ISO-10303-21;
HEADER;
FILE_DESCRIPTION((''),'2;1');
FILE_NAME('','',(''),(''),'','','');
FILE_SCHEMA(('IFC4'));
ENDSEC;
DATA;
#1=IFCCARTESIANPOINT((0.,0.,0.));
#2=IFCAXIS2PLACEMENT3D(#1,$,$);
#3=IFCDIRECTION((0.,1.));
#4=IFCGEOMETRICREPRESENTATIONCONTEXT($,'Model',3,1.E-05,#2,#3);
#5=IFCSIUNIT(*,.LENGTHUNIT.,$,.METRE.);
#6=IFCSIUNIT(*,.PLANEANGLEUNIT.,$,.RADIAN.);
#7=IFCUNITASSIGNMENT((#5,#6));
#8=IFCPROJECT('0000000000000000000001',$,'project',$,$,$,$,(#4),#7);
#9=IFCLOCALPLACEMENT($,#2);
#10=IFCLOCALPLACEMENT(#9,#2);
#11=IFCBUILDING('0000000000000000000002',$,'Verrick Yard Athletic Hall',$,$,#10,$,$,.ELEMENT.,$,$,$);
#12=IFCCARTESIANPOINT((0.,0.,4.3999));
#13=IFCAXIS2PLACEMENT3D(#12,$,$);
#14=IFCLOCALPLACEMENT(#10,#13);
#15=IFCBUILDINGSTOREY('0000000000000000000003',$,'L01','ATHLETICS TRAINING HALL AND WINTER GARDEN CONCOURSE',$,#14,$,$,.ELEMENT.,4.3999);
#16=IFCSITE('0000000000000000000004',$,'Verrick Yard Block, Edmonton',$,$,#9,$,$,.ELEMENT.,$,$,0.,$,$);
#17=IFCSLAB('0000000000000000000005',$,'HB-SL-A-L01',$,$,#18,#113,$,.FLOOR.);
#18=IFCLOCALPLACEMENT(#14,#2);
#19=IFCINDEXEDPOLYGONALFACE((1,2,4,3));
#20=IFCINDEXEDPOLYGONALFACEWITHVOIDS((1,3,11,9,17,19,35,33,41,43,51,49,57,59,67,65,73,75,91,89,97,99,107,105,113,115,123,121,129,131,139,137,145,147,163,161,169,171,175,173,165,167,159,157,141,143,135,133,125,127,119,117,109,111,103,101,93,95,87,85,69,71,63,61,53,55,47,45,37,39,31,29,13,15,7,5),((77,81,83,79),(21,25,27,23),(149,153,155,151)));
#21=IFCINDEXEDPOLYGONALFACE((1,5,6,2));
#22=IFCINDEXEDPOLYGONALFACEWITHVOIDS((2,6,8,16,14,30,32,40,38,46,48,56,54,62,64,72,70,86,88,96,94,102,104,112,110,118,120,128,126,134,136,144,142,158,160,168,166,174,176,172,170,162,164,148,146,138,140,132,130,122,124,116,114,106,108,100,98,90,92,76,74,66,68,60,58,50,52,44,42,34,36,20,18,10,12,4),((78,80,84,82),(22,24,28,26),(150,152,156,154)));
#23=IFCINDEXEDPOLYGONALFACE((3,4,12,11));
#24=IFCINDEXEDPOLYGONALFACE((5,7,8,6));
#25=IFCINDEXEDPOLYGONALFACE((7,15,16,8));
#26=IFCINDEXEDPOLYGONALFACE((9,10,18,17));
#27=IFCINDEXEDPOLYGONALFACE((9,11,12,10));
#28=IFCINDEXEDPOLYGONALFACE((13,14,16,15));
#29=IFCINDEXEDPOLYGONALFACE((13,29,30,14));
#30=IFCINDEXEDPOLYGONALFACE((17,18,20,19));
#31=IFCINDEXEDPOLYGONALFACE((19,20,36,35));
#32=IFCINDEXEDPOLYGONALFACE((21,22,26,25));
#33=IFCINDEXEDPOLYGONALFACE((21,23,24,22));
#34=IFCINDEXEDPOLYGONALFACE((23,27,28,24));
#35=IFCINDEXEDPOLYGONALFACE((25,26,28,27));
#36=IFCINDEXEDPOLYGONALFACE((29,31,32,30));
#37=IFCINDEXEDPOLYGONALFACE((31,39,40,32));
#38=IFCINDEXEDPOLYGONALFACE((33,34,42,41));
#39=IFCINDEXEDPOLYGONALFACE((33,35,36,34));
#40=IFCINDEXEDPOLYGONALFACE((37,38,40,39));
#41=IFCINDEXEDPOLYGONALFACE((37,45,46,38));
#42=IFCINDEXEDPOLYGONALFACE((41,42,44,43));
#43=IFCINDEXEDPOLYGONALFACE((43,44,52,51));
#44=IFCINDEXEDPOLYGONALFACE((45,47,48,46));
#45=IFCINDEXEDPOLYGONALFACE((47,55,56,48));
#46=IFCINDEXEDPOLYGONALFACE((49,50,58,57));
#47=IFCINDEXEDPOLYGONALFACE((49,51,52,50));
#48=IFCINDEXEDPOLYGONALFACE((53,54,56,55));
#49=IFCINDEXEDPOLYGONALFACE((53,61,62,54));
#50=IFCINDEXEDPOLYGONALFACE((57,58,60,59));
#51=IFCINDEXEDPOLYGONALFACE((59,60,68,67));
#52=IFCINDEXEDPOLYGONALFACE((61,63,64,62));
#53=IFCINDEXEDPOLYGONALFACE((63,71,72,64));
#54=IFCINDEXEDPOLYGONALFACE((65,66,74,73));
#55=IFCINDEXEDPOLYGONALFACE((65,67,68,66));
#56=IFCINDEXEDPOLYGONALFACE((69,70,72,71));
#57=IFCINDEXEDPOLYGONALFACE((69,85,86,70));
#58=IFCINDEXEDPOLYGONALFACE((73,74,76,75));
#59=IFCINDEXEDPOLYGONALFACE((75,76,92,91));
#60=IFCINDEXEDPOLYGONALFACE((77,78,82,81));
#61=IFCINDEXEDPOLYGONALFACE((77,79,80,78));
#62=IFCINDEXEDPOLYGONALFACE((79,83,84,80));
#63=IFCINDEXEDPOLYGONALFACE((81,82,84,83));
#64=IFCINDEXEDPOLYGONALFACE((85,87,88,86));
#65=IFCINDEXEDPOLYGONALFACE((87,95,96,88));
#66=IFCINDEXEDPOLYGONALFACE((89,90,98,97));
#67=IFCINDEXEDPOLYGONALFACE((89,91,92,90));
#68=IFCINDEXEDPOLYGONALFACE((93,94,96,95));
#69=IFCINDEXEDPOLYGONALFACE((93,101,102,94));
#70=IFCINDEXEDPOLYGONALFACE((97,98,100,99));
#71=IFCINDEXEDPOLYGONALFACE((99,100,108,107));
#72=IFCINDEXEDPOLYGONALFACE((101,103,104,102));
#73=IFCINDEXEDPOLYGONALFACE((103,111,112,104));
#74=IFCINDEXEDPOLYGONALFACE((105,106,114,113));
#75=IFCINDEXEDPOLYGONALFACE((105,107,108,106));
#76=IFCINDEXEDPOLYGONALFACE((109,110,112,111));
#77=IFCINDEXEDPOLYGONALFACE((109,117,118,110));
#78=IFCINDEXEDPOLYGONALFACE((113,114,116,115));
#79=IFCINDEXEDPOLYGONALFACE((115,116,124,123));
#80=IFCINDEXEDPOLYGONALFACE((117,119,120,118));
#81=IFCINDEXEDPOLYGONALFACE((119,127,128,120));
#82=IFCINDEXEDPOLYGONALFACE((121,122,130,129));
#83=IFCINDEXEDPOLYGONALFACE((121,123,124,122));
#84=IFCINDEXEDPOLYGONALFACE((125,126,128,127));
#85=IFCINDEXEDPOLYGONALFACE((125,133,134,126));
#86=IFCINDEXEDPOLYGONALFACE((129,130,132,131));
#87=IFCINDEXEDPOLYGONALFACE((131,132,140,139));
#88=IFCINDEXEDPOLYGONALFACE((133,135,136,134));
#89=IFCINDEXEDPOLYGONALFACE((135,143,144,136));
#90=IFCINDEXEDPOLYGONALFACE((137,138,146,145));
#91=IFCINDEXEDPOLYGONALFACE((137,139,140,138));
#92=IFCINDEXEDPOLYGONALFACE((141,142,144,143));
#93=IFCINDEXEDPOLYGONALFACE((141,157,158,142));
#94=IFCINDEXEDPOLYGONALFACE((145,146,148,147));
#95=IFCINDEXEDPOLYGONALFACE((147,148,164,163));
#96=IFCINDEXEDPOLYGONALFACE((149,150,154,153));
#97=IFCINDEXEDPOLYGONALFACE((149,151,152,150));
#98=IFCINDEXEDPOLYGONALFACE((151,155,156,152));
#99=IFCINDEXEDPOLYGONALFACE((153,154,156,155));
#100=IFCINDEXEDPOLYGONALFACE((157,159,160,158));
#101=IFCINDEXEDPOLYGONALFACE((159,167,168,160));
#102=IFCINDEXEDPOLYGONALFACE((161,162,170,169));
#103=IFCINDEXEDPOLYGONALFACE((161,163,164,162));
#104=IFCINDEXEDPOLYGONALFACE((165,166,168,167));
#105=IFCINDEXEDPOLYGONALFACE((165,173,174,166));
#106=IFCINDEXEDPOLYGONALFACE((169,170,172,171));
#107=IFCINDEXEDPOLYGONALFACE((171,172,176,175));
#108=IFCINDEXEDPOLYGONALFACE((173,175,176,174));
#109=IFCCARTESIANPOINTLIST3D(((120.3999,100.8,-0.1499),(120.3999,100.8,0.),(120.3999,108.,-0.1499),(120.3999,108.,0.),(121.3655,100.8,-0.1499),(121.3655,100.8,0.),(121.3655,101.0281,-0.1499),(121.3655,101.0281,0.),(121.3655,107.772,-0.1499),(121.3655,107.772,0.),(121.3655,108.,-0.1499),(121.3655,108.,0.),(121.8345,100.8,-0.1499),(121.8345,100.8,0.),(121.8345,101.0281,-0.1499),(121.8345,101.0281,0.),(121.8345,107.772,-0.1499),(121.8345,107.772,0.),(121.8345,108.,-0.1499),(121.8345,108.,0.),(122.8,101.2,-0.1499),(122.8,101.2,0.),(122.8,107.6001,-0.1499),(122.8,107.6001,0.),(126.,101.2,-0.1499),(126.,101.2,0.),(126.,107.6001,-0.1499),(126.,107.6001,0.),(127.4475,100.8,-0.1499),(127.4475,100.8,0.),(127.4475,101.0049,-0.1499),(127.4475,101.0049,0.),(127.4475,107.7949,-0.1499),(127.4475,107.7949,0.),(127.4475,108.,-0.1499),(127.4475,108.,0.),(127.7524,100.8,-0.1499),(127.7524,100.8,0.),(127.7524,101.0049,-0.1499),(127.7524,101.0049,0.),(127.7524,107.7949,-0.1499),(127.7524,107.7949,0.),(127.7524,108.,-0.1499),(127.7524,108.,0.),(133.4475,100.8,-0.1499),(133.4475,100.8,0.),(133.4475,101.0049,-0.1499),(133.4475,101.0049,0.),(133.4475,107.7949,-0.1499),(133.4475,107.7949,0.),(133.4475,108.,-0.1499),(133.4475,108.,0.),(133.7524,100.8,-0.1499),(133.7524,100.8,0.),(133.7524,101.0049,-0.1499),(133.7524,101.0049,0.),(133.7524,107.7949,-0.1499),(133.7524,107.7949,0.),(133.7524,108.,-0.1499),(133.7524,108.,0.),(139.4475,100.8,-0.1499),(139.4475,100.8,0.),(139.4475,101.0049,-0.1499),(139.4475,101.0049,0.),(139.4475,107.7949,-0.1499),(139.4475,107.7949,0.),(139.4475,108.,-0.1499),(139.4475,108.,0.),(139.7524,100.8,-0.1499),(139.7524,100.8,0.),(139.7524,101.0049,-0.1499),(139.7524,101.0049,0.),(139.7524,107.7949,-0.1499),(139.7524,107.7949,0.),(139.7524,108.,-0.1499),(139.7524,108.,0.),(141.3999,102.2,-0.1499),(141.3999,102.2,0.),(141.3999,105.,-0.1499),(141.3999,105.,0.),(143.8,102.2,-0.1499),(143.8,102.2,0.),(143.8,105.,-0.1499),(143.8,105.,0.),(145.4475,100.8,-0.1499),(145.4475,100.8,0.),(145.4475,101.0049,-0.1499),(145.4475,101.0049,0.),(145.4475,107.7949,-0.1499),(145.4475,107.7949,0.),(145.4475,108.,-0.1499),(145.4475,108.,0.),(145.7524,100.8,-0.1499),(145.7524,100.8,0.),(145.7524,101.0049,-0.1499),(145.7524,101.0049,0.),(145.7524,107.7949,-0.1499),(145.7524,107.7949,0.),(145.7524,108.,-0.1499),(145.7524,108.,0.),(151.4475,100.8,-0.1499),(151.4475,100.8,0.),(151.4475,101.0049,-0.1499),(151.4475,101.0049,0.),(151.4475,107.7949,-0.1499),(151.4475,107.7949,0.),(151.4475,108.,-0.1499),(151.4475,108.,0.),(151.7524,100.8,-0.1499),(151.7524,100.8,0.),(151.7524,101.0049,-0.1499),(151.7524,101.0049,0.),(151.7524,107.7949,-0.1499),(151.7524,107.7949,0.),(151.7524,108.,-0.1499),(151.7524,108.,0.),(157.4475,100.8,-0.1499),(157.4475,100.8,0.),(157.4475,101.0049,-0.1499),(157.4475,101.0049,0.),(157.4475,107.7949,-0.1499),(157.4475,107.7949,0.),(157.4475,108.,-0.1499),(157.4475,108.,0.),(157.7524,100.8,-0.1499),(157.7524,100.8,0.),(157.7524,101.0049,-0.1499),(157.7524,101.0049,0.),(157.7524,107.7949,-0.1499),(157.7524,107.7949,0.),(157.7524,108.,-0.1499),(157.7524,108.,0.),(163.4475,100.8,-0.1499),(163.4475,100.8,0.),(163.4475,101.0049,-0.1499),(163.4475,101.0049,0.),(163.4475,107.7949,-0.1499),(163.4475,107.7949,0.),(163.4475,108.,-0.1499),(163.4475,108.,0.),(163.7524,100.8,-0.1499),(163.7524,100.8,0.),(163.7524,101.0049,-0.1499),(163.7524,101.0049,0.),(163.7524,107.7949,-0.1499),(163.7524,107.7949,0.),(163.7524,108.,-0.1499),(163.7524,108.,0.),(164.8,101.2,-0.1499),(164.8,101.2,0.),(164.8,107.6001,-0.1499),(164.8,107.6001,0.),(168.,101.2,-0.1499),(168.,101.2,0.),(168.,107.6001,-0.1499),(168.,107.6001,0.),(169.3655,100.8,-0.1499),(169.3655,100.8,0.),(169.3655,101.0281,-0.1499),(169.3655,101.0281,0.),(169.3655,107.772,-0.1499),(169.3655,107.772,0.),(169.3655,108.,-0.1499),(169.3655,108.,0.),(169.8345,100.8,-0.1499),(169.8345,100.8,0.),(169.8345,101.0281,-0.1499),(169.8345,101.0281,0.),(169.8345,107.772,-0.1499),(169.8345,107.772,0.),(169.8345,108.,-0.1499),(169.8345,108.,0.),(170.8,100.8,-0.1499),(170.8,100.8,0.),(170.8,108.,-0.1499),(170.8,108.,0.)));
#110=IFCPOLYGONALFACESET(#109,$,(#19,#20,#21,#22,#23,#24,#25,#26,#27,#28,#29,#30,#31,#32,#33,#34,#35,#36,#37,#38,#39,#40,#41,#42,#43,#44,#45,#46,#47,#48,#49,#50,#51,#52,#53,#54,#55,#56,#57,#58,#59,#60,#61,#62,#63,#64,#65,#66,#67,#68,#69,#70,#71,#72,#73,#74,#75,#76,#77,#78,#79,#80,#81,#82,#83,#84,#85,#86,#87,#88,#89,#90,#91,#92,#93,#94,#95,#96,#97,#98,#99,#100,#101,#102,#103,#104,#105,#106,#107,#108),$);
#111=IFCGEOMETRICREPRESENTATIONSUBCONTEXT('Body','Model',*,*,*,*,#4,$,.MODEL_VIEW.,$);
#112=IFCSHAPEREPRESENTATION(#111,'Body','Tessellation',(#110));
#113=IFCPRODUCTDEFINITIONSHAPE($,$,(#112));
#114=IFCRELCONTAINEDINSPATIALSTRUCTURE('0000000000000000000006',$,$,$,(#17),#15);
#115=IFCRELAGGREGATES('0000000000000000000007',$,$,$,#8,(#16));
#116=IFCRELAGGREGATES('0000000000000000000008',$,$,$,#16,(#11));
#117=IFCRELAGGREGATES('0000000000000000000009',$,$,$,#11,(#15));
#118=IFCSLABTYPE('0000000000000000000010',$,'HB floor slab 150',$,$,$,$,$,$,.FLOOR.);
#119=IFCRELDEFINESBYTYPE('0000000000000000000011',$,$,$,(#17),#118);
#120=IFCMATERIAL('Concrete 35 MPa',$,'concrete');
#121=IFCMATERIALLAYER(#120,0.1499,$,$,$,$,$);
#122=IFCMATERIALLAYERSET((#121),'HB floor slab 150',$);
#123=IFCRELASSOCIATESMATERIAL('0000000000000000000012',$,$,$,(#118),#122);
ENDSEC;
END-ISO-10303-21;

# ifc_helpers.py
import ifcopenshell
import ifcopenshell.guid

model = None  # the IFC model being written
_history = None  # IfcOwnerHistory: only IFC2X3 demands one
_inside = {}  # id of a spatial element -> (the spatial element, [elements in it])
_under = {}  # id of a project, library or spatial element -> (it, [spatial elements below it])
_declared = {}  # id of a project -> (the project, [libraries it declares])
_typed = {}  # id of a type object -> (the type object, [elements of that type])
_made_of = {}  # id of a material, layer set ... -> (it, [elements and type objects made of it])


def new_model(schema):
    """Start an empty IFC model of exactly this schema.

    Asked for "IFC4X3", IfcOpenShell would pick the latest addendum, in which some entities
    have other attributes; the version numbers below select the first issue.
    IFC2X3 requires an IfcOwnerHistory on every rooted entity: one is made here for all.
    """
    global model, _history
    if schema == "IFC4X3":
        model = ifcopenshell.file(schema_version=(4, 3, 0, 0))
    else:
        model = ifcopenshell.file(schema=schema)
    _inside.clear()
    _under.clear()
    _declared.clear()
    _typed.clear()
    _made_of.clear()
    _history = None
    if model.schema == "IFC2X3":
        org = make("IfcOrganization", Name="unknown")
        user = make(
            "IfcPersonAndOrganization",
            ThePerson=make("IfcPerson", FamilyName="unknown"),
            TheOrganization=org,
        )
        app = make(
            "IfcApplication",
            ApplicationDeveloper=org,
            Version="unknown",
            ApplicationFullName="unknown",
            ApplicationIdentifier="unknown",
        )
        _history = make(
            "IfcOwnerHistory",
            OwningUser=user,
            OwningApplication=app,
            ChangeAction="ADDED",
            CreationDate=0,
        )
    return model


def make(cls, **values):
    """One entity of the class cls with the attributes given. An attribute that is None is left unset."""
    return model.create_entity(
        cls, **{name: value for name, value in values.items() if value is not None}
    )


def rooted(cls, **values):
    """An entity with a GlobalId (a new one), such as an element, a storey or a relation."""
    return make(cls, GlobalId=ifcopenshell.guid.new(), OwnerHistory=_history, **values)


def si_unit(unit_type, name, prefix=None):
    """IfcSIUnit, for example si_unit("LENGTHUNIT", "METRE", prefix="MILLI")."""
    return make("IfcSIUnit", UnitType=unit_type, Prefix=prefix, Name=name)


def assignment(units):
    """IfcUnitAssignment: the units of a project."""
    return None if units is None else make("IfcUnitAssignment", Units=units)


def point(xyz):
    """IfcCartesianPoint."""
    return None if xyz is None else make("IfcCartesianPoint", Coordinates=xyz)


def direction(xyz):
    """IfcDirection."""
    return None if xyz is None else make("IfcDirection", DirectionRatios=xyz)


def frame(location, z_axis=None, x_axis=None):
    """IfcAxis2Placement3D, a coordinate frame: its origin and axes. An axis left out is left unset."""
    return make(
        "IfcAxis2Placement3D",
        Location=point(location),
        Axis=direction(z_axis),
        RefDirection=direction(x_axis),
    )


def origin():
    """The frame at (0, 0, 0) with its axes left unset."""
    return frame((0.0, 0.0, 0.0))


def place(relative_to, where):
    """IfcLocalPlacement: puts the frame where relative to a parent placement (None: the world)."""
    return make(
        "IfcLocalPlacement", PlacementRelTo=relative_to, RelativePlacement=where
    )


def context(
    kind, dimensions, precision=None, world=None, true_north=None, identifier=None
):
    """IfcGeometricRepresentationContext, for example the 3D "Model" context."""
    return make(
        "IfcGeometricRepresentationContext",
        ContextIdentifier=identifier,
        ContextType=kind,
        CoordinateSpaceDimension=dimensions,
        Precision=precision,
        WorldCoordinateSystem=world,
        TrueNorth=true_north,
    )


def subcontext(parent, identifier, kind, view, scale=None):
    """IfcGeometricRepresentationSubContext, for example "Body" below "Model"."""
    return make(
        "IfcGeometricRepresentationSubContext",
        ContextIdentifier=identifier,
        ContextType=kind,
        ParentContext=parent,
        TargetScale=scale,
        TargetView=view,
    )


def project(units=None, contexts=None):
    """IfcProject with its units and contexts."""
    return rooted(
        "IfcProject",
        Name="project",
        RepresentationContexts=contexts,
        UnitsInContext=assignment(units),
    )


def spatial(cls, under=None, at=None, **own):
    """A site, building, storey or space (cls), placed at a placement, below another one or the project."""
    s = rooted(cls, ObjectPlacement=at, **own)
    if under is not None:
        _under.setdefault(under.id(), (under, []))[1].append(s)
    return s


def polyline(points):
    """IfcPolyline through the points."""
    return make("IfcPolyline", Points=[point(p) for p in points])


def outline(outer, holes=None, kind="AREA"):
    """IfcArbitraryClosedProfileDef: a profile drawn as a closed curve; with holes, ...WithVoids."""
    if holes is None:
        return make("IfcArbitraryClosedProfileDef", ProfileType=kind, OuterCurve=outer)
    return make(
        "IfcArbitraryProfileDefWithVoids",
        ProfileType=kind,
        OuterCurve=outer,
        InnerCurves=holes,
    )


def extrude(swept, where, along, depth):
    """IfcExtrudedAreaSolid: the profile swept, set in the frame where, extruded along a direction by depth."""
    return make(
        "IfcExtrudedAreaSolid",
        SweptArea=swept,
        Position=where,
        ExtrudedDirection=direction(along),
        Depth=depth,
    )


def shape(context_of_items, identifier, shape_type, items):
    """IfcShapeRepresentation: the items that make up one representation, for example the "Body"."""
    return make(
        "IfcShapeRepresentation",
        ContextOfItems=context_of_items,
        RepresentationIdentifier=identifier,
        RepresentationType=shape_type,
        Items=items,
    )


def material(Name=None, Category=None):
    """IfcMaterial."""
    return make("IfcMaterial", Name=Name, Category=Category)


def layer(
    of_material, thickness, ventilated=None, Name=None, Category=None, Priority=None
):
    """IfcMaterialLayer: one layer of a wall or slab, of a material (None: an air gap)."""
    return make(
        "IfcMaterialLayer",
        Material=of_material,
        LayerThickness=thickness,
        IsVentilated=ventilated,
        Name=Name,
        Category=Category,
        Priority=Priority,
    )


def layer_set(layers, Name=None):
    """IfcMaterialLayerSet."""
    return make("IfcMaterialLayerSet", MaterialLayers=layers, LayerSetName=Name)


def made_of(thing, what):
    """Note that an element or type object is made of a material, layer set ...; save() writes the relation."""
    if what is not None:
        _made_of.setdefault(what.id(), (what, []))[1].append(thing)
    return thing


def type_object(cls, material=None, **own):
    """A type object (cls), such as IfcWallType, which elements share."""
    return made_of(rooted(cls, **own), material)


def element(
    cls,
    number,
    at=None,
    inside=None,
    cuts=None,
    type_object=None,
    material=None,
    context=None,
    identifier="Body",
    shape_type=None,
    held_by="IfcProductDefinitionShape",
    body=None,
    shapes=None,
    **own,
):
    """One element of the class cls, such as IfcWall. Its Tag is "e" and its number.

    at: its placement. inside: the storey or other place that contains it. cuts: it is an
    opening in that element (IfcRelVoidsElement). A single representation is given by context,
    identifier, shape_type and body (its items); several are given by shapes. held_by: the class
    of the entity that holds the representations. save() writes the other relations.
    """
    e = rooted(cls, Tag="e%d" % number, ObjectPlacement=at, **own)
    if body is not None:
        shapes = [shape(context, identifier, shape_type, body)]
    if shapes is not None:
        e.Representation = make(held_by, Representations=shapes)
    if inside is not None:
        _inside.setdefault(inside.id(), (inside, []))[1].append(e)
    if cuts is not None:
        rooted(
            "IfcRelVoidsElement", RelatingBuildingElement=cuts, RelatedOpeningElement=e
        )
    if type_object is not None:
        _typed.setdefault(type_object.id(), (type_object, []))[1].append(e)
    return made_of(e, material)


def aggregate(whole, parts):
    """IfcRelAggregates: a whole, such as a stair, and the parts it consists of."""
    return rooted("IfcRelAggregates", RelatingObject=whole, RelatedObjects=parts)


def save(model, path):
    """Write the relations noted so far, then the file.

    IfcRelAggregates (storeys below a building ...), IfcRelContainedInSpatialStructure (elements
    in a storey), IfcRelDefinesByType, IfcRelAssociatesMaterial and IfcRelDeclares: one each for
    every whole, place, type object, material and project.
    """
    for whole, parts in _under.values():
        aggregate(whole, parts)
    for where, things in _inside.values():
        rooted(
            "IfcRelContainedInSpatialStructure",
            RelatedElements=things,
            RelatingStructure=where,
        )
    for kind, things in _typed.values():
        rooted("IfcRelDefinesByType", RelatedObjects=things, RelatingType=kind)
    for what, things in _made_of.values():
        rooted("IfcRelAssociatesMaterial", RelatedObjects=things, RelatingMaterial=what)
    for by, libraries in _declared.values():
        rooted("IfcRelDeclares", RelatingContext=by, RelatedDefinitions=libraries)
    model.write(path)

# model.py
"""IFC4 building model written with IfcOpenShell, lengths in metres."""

from ifc_helpers import new_model, si_unit, direction, frame, origin, place, context, subcontext, project, spatial, polyline, outline, extrude, material, layer, layer_set, type_object, element, save


model = new_model("IFC4")

# Units and contexts
model_context = context("Model", 3, precision=1e-05, world=origin(), true_north=direction((0.0, 1.0)))
body_context = subcontext(model_context, "Body", "Model", "MODEL_VIEW")
ifc_project = project(units=[si_unit("LENGTHUNIT", "METRE"), si_unit("PLANEANGLEUNIT", "RADIAN")], contexts=[model_context])

# Site, building, storey
site_placement = place(None, origin())
site = spatial("IfcSite", under=ifc_project, at=site_placement, Name="Verrick Yard Block, Edmonton", CompositionType="ELEMENT", RefElevation=0.0)
building_placement = place(site_placement, origin())
building = spatial("IfcBuilding", under=site, at=building_placement, Name="Verrick Yard Athletic Hall", CompositionType="ELEMENT")
storey_placement = place(building_placement, frame((0.0, 0.0, 4.3999)))
storey = spatial("IfcBuildingStorey", under=building, at=storey_placement, Name="L01", Description="ATHLETICS TRAINING HALL AND WINTER GARDEN CONCOURSE", CompositionType="ELEMENT", Elevation=4.3999)

# Slab
ifc_material_1 = material(Name="Concrete 35 MPa", Category="concrete")
ifc_layer_1 = layer(ifc_material_1, 0.1499)
ifc_layer_set_1 = layer_set([ifc_layer_1], Name="HB floor slab 150")
slab_type_1 = type_object("IfcSlabType", Name="HB floor slab 150", PredefinedType="FLOOR", material=ifc_layer_set_1)
slab_1_placement = place(storey_placement, frame((0.0, 0.0, -0.1499)))
element("IfcSlab", 1, at=slab_1_placement, inside=storey, type_object=slab_type_1, Name="HB-SL-A-L01", PredefinedType="FLOOR", context=body_context, shape_type="SweptSolid", body=[
    extrude(outline(polyline([(170.8, 108.0), (170.8, 100.8), (169.8345, 100.8), (169.8345, 101.0281), (169.3655, 101.0281), (169.3655, 100.8), (163.7524, 100.8), (163.7524, 101.0049), (163.4475, 101.0049), (163.4475, 100.8), (157.7524, 100.8), (157.7524, 101.0049), (157.4475, 101.0049), (157.4475, 100.8), (151.7524, 100.8), (151.7524, 101.0049), (151.4475, 101.0049), (151.4475, 100.8), (145.7524, 100.8), (145.7524, 101.0049), (145.4475, 101.0049), (145.4475, 100.8), (139.7524, 100.8), (139.7524, 101.0049), (139.4475, 101.0049), (139.4475, 100.8), (133.7524, 100.8), (133.7524, 101.0049), (133.4475, 101.0049), (133.4475, 100.8), (127.7524, 100.8), (127.7524, 101.0049), (127.4475, 101.0049), (127.4475, 100.8), (121.8345, 100.8), (121.8345, 101.0281), (121.3655, 101.0281), (121.3655, 100.8), (120.3999, 100.8), (120.3999, 108.0), (121.3655, 108.0), (121.3655, 107.772), (121.8345, 107.772), (121.8345, 108.0), (127.4475, 108.0), (127.4475, 107.7949), (127.7524, 107.7949), (127.7524, 108.0), (133.4475, 108.0), (133.4475, 107.7949), (133.7524, 107.7949), (133.7524, 108.0), (139.4475, 108.0), (139.4475, 107.7949), (139.7524, 107.7949), (139.7524, 108.0), (145.4475, 108.0), (145.4475, 107.7949), (145.7524, 107.7949), (145.7524, 108.0), (151.4475, 108.0), (151.4475, 107.7949), (151.7524, 107.7949), (151.7524, 108.0), (157.4475, 108.0), (157.4475, 107.7949), (157.7524, 107.7949), (157.7524, 108.0), (163.4475, 108.0), (163.4475, 107.7949), (163.7524, 107.7949), (163.7524, 108.0), (169.3655, 108.0), (169.3655, 107.772), (169.8345, 107.772), (169.8345, 108.0), (170.8, 108.0)]), holes=[polyline([(143.8, 105.0), (141.3999, 105.0), (141.3999, 102.2), (143.8, 102.2), (143.8, 105.0)]), polyline([(126.0, 107.6001), (122.8, 107.6001), (122.8, 101.2), (126.0, 101.2), (126.0, 107.6001)]), polyline([(168.0, 107.6001), (164.8, 107.6001), (164.8, 101.2), (168.0, 101.2), (168.0, 107.6001)])]), origin(), (0.0, 0.0, 1.0), 0.1499),
])

save(model, "model.ifc")
